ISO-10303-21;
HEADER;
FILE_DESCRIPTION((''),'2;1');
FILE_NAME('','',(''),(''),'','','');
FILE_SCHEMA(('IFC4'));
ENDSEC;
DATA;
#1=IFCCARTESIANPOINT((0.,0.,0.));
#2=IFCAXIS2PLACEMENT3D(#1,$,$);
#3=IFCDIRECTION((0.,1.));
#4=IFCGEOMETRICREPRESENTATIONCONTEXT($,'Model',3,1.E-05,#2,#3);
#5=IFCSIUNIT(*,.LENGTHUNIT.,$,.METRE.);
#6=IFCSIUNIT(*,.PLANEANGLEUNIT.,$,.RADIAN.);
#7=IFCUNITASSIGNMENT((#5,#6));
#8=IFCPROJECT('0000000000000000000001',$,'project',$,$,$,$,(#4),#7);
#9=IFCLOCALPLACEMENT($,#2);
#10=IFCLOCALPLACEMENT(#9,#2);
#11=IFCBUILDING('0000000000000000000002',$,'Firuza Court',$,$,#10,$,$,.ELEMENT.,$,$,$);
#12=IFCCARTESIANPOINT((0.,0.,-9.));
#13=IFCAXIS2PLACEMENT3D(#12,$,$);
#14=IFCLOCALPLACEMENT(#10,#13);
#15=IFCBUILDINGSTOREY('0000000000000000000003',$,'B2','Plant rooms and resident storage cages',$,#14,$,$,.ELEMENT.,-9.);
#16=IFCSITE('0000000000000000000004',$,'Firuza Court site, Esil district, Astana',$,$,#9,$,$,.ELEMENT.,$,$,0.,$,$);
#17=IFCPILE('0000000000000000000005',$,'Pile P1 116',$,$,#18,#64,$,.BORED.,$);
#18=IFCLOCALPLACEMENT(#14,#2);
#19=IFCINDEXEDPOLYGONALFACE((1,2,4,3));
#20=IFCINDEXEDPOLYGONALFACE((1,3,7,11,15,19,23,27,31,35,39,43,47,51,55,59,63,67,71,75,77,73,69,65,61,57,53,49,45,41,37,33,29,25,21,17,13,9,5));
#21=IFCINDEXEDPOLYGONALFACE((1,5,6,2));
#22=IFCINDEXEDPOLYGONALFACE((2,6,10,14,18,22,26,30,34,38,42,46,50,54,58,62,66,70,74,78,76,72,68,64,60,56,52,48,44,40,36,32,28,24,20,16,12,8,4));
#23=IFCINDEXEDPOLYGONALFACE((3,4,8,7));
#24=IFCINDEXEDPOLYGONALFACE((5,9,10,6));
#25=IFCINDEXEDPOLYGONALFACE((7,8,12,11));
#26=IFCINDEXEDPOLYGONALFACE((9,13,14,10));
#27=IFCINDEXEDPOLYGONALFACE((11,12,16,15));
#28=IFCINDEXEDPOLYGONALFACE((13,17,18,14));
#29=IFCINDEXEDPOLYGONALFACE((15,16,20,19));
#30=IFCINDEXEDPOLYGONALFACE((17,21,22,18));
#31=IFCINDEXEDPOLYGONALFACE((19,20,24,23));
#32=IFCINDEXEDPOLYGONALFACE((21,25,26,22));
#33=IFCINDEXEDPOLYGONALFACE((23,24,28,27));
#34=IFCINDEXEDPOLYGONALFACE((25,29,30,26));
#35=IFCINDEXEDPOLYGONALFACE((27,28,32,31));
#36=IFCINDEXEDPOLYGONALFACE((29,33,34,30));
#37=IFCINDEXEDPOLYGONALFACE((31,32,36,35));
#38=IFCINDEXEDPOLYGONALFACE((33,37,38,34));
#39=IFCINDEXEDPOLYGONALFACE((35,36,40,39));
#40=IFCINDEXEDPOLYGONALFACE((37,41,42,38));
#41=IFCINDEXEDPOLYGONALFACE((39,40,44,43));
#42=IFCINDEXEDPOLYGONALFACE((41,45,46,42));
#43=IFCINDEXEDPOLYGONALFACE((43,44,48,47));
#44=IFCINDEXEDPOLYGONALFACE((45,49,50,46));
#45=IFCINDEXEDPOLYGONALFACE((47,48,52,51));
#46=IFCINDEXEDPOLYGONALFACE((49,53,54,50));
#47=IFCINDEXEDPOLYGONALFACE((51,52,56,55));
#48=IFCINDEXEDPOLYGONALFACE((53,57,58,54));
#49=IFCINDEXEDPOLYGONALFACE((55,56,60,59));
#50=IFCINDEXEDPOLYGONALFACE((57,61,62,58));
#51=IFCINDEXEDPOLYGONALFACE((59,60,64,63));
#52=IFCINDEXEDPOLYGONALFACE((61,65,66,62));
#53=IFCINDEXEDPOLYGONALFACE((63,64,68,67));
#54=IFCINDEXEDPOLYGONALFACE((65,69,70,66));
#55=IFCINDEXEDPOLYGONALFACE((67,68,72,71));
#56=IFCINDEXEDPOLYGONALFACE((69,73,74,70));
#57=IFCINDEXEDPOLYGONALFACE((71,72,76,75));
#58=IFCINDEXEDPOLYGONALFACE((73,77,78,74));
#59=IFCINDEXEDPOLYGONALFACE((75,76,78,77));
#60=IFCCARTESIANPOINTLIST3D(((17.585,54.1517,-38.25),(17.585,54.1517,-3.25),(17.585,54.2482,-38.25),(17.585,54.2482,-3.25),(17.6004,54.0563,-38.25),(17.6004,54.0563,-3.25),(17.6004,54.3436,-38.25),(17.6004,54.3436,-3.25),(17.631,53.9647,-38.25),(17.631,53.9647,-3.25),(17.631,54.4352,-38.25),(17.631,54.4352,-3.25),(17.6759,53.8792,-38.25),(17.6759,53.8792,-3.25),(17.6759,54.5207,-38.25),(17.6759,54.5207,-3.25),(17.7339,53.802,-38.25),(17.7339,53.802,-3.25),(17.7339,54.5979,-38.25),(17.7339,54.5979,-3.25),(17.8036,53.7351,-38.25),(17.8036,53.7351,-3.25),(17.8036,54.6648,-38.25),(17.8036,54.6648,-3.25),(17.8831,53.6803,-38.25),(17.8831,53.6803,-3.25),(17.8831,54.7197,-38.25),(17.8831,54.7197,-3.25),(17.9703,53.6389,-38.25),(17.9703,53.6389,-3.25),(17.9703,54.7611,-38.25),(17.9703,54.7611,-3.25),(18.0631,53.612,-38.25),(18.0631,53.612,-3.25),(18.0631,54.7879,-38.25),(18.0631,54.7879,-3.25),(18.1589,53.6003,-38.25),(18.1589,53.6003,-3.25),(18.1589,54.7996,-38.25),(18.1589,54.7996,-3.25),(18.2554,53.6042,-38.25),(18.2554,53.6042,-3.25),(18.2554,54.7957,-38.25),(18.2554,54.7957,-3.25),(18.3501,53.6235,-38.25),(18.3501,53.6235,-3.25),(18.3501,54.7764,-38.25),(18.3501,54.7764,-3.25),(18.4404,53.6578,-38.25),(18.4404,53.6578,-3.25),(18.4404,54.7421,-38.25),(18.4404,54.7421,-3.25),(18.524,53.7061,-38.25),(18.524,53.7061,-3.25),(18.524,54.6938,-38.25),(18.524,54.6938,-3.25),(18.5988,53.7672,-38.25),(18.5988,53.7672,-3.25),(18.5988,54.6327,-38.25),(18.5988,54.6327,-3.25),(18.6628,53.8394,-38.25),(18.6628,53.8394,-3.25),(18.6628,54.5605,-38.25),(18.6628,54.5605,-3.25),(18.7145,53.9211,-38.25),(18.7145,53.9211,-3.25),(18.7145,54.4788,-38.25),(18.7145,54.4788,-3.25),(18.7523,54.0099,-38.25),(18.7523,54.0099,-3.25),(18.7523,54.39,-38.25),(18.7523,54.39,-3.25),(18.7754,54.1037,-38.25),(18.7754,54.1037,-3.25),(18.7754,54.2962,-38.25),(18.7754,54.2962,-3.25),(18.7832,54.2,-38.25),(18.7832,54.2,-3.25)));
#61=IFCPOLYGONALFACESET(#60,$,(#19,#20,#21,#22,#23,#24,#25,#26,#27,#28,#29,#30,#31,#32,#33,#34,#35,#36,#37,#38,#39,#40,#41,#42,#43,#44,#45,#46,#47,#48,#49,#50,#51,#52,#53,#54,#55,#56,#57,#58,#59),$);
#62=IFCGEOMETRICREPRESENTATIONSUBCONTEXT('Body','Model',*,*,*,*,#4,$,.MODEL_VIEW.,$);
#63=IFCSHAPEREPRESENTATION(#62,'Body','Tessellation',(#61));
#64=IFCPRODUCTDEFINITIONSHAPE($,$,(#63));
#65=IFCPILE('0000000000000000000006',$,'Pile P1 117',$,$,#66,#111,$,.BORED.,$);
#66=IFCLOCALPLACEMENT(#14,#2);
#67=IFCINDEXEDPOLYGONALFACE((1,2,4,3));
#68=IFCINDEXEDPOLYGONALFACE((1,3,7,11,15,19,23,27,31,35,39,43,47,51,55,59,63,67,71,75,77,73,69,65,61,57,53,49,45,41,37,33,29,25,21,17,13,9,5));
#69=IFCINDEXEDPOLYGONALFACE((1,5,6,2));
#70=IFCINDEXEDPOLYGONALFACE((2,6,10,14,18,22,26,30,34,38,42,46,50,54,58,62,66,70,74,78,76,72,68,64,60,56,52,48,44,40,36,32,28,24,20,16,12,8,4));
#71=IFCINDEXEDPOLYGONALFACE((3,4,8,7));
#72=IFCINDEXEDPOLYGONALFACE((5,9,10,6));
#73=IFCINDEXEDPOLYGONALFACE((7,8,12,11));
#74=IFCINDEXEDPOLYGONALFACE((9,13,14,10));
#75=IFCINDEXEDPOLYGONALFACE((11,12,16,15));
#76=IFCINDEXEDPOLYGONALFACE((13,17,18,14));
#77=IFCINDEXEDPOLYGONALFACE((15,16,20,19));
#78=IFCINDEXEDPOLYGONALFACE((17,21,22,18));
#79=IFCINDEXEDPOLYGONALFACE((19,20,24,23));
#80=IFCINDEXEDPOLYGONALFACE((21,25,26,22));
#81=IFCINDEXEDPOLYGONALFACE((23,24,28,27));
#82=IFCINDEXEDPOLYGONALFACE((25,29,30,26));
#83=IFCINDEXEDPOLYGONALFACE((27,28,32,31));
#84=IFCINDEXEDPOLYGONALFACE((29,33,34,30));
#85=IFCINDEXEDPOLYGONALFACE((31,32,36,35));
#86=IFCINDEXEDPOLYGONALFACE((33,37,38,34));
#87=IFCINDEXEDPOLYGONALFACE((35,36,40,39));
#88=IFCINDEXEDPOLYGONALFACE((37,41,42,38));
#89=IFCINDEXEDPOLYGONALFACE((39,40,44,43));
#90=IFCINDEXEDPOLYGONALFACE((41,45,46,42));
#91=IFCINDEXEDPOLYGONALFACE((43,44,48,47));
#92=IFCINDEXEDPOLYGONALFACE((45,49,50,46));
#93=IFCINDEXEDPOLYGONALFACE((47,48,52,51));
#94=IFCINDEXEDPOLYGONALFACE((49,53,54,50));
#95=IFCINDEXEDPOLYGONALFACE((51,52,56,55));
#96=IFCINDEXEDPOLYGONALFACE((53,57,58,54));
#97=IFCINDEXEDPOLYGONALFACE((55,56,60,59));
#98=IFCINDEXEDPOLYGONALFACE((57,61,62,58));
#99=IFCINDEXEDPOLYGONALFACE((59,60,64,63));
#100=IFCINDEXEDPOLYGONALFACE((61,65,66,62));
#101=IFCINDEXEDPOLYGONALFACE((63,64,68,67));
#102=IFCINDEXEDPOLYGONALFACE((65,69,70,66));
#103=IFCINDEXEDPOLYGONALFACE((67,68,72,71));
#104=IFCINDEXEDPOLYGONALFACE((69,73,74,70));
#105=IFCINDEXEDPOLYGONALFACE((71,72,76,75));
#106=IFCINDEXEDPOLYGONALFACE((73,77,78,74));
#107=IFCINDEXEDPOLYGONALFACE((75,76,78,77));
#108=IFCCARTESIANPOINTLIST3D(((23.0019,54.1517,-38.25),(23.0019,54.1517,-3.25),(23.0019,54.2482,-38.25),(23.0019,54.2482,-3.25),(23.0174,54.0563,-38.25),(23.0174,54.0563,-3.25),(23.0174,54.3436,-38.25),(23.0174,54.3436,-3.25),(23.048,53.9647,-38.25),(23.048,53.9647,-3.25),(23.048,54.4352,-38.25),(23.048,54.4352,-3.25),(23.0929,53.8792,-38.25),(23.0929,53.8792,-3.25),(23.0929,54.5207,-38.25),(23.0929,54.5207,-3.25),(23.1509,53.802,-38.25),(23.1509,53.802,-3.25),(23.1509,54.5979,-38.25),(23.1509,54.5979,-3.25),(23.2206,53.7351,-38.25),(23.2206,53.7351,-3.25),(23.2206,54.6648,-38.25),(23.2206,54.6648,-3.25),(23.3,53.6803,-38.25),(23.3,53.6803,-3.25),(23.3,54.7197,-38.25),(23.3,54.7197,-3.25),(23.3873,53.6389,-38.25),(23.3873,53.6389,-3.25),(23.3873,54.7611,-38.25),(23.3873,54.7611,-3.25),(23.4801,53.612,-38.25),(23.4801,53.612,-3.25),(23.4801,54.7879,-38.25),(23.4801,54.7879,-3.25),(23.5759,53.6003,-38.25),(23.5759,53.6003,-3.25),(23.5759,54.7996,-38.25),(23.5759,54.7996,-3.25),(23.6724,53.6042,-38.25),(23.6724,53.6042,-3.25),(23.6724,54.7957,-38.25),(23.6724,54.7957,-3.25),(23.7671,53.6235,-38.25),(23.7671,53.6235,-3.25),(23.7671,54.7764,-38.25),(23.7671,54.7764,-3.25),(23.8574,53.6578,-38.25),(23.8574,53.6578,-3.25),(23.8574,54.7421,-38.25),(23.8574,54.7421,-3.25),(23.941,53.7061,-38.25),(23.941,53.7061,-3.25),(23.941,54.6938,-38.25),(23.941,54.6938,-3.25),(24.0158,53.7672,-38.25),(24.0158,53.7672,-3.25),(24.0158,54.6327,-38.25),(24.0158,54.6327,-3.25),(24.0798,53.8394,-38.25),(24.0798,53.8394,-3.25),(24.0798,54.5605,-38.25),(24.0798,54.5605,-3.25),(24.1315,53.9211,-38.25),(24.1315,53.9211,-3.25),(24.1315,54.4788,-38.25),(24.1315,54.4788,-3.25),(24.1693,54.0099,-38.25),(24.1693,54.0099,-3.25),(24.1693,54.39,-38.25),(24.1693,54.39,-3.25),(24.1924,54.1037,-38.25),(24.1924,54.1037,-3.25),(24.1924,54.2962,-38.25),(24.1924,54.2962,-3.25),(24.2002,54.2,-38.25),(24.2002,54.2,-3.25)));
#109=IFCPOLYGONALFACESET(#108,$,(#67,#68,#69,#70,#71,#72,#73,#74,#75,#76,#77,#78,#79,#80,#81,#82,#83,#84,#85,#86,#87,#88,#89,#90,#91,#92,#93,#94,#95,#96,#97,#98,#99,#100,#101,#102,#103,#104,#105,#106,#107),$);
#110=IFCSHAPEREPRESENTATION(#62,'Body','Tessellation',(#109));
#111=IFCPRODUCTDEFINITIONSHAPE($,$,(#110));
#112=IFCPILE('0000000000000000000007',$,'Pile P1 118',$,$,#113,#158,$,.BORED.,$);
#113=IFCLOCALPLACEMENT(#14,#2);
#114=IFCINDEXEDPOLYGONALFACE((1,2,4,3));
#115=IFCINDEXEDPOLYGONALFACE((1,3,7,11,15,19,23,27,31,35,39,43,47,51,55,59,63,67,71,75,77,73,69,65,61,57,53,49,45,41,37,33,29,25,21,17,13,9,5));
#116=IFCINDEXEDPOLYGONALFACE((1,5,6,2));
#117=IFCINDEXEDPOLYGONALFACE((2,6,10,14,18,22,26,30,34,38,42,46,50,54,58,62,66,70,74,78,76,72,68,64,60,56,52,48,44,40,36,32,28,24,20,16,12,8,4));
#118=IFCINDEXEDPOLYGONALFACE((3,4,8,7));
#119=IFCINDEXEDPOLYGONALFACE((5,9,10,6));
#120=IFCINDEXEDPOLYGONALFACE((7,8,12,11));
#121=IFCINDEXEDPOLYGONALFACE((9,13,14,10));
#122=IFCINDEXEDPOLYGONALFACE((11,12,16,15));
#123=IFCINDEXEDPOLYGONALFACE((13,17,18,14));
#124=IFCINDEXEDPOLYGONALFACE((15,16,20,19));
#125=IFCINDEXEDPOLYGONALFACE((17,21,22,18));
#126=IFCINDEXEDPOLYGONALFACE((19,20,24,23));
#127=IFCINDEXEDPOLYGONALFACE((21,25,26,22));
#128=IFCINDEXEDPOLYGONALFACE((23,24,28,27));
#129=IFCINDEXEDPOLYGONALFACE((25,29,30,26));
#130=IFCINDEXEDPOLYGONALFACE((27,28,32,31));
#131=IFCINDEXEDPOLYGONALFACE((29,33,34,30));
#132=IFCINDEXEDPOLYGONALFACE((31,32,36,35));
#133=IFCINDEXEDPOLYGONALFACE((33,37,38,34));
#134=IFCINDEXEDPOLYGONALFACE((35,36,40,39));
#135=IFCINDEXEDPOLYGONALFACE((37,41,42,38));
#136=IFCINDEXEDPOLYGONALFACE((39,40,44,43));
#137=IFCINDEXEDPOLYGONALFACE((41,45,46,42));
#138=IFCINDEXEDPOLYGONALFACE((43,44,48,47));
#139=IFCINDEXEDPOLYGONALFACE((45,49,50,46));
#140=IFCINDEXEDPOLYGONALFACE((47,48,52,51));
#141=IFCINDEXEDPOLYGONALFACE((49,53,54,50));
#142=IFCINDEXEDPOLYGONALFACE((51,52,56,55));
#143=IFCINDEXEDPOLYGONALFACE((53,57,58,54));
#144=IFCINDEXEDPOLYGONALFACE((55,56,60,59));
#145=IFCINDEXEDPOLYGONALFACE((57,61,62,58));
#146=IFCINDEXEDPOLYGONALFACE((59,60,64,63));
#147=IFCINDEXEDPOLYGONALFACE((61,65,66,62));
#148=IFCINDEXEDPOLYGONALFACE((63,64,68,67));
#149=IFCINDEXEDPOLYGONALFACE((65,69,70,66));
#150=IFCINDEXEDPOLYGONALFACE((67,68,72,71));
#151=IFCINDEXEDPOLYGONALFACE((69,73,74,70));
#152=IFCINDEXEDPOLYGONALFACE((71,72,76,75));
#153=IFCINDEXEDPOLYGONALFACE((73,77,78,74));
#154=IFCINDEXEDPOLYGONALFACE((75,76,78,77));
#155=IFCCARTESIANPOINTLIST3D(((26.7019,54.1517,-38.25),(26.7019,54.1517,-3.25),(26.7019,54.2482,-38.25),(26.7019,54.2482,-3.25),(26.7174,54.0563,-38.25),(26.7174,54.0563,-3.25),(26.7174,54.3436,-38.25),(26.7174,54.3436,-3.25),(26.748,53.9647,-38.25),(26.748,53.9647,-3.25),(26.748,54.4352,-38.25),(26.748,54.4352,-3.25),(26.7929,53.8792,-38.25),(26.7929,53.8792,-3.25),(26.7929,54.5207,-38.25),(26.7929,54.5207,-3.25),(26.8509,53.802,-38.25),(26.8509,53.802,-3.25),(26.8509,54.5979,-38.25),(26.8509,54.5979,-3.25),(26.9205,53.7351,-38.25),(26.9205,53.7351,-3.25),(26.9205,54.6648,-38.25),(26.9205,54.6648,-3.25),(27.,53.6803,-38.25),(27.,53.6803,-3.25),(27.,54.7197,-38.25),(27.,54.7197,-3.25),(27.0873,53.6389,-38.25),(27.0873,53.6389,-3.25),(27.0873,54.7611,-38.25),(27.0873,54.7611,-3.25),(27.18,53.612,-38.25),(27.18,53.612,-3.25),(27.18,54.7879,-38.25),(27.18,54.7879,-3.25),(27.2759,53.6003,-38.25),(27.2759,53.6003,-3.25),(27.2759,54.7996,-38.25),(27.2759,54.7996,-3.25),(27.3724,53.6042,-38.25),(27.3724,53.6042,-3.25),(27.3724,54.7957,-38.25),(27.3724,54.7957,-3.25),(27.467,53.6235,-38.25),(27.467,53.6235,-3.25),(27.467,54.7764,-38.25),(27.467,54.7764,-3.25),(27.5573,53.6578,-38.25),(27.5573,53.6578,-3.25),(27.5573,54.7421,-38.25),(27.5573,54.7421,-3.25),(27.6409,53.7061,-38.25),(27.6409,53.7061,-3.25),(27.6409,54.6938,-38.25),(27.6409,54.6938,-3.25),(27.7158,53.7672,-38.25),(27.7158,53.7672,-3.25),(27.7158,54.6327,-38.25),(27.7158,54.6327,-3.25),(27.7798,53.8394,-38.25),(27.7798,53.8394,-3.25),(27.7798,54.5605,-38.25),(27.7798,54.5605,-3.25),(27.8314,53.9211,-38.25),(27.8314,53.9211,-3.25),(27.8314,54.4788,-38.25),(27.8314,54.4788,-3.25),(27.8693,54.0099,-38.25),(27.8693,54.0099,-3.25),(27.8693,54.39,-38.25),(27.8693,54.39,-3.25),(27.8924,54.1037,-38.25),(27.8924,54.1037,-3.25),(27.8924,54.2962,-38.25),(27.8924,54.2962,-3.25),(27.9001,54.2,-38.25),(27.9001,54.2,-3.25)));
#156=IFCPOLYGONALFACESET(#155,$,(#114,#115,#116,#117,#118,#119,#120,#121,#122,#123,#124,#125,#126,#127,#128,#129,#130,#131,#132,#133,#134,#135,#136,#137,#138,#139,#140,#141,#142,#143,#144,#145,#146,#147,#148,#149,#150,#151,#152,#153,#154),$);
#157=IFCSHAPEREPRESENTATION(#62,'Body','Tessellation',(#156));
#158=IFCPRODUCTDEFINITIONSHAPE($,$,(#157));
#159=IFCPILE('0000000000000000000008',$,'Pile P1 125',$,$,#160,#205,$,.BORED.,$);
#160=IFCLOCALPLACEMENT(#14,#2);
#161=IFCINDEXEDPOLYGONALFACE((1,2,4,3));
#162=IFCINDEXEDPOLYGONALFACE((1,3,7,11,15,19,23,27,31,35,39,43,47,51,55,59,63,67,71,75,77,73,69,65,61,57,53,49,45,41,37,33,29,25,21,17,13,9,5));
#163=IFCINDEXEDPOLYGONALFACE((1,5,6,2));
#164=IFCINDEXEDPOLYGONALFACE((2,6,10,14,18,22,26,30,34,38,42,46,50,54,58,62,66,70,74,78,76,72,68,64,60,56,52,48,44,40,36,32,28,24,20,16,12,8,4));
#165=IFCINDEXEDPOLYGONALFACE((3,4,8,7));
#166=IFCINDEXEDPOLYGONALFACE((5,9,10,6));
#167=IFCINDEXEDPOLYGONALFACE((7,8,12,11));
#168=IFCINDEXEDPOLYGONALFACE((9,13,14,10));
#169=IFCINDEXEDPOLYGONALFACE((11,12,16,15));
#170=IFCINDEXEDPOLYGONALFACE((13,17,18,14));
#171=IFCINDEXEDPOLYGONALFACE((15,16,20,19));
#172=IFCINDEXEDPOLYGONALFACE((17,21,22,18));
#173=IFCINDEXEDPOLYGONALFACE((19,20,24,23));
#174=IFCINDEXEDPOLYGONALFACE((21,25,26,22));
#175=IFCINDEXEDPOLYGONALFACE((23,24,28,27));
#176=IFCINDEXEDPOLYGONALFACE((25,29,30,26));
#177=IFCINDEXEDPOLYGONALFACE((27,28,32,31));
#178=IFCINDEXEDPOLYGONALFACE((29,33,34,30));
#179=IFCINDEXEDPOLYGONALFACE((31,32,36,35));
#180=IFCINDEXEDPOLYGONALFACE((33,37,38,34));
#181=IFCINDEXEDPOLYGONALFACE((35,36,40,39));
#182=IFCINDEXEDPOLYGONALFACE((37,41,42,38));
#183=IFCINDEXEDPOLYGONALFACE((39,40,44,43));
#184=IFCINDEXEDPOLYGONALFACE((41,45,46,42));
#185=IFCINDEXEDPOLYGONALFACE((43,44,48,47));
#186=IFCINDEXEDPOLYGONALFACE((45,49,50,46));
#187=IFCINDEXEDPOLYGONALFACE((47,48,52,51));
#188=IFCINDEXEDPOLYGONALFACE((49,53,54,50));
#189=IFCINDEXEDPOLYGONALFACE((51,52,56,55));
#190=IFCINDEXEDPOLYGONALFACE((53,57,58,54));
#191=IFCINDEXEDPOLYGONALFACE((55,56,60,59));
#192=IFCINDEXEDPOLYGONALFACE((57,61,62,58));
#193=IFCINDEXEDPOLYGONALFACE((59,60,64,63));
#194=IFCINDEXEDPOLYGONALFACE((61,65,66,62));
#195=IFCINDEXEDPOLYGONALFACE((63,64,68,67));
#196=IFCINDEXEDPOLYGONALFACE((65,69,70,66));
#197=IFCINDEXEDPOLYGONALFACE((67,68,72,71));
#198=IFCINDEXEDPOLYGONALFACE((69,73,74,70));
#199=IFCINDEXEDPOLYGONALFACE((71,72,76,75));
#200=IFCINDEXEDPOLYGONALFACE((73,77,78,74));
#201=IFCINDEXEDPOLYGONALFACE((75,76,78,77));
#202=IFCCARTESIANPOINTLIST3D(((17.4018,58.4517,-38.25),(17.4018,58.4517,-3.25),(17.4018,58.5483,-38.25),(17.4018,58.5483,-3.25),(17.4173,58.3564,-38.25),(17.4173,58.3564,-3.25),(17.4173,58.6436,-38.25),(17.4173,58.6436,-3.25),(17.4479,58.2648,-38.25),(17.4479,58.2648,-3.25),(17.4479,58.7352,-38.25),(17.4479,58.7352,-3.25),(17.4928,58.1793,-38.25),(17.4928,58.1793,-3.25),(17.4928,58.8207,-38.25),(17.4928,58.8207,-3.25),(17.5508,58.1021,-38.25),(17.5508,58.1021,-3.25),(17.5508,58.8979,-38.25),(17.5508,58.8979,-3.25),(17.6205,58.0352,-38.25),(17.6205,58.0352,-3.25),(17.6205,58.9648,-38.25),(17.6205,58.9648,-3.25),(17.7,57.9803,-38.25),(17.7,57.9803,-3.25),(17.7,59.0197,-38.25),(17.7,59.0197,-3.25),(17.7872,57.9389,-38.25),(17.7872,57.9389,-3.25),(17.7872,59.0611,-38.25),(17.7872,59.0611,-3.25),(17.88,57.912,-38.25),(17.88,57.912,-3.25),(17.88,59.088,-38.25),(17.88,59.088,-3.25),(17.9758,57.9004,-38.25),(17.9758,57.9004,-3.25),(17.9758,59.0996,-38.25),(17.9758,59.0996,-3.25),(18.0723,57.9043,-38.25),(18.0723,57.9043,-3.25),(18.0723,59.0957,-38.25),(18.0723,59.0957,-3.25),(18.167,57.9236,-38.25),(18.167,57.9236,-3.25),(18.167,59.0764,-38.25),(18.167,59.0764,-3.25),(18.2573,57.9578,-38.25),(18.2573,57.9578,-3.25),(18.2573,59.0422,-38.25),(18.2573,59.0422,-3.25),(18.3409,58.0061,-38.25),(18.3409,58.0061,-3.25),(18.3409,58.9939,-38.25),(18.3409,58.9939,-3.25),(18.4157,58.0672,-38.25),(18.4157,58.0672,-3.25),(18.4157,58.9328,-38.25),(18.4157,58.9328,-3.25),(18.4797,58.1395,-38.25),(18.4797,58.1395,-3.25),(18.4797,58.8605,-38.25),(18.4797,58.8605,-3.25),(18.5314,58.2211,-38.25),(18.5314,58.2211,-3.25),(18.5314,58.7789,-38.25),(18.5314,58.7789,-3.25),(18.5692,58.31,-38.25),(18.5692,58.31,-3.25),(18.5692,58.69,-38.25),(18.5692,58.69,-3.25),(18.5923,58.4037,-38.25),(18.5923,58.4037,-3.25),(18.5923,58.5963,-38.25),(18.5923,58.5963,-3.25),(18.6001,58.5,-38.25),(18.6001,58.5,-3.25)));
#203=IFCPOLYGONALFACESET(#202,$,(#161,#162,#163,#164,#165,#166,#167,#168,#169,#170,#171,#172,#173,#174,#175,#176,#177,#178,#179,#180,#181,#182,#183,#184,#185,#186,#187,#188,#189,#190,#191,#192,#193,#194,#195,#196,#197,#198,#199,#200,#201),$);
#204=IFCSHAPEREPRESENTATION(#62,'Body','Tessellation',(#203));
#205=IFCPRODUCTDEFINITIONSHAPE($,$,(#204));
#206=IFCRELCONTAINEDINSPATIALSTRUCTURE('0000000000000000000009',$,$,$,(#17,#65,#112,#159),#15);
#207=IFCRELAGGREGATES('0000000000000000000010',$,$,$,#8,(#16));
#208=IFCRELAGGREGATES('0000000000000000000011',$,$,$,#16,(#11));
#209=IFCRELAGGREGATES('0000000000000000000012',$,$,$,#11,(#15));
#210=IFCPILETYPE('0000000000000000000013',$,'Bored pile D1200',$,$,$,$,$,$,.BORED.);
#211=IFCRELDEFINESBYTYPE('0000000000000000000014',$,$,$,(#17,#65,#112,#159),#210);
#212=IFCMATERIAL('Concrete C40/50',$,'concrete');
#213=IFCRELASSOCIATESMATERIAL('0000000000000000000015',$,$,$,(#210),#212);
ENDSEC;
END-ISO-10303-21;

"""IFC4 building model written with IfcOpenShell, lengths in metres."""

from ifc_helpers import new_model, si_unit, direction, frame, origin, origin_2d, place, context, subcontext, project, spatial, circle, extrude, material, material_profile, profile_set, type_object, element, save


model = new_model("IFC4")

# Units and contexts
model_context = context("Model", 3, precision=1e-05, world=origin(), true_north=direction((0.0, 1.0)))
body_context = subcontext(model_context, "Body", "Model", "MODEL_VIEW")
ifc_project = project(units=[si_unit("LENGTHUNIT", "METRE"), si_unit("PLANEANGLEUNIT", "RADIAN")], contexts=[model_context])

# Site, building, storey
site_placement = place(None, origin())
site = spatial("IfcSite", under=ifc_project, at=site_placement, Name="Firuza Court site, Esil district, Astana", CompositionType="ELEMENT", RefElevation=0.0)
building_placement = place(site_placement, origin())
building = spatial("IfcBuilding", under=site, at=building_placement, Name="Firuza Court", CompositionType="ELEMENT")
storey_placement = place(building_placement, frame((0.0, 0.0, -9.0)))
storey = spatial("IfcBuildingStorey", under=building, at=storey_placement, Name="B2", Description="Plant rooms and resident storage cages", CompositionType="ELEMENT", Elevation=-9.0)

# Piles
ifc_material_1 = material(Name="Concrete C40/50", Category="concrete")
ifc_material_profile_1 = material_profile(ifc_material_1, circle(Radius=0.6001, at=origin_2d()), Name="Pile D1200")
ifc_profile_set_1 = profile_set([ifc_material_profile_1], Name="Concrete C40/50")
pile_type = type_object("IfcPileType", Name="Bored pile D1200", PredefinedType="BORED", material=ifc_profile_set_1)
for number, where, z_axis, x_axis, name in (
    (1, (18.1831, 54.2, -3.25), (0.0, 0.0, -1.0), (1.0, 0.0, 0.0), "Pile P1 116"),
    (2, (23.6001, 54.2, -3.25), (0.0, 0.0, -1.0), (1.0, 0.0, 0.0), "Pile P1 117"),
    (3, (27.3, 54.2, -3.25), (0.0, 0.0, -1.0), (1.0, 0.0, 0.0), "Pile P1 118"),
    (4, (18.0, 58.5, -3.25), (0.0, 0.0, -1.0), (1.0, 0.0, 0.0), "Pile P1 125"),
):
    element("IfcPile", number, at=place(storey_placement, frame(where, z_axis=z_axis, x_axis=x_axis)), inside=storey, type_object=pile_type, Name=name, PredefinedType="BORED", context=body_context, shape_type="SweptSolid", body=[
        extrude(circle(Radius=0.6001, at=origin_2d()), origin(), (0.0, 0.0, 1.0), 35.0),
    ])

save(model, "model.ifc")
